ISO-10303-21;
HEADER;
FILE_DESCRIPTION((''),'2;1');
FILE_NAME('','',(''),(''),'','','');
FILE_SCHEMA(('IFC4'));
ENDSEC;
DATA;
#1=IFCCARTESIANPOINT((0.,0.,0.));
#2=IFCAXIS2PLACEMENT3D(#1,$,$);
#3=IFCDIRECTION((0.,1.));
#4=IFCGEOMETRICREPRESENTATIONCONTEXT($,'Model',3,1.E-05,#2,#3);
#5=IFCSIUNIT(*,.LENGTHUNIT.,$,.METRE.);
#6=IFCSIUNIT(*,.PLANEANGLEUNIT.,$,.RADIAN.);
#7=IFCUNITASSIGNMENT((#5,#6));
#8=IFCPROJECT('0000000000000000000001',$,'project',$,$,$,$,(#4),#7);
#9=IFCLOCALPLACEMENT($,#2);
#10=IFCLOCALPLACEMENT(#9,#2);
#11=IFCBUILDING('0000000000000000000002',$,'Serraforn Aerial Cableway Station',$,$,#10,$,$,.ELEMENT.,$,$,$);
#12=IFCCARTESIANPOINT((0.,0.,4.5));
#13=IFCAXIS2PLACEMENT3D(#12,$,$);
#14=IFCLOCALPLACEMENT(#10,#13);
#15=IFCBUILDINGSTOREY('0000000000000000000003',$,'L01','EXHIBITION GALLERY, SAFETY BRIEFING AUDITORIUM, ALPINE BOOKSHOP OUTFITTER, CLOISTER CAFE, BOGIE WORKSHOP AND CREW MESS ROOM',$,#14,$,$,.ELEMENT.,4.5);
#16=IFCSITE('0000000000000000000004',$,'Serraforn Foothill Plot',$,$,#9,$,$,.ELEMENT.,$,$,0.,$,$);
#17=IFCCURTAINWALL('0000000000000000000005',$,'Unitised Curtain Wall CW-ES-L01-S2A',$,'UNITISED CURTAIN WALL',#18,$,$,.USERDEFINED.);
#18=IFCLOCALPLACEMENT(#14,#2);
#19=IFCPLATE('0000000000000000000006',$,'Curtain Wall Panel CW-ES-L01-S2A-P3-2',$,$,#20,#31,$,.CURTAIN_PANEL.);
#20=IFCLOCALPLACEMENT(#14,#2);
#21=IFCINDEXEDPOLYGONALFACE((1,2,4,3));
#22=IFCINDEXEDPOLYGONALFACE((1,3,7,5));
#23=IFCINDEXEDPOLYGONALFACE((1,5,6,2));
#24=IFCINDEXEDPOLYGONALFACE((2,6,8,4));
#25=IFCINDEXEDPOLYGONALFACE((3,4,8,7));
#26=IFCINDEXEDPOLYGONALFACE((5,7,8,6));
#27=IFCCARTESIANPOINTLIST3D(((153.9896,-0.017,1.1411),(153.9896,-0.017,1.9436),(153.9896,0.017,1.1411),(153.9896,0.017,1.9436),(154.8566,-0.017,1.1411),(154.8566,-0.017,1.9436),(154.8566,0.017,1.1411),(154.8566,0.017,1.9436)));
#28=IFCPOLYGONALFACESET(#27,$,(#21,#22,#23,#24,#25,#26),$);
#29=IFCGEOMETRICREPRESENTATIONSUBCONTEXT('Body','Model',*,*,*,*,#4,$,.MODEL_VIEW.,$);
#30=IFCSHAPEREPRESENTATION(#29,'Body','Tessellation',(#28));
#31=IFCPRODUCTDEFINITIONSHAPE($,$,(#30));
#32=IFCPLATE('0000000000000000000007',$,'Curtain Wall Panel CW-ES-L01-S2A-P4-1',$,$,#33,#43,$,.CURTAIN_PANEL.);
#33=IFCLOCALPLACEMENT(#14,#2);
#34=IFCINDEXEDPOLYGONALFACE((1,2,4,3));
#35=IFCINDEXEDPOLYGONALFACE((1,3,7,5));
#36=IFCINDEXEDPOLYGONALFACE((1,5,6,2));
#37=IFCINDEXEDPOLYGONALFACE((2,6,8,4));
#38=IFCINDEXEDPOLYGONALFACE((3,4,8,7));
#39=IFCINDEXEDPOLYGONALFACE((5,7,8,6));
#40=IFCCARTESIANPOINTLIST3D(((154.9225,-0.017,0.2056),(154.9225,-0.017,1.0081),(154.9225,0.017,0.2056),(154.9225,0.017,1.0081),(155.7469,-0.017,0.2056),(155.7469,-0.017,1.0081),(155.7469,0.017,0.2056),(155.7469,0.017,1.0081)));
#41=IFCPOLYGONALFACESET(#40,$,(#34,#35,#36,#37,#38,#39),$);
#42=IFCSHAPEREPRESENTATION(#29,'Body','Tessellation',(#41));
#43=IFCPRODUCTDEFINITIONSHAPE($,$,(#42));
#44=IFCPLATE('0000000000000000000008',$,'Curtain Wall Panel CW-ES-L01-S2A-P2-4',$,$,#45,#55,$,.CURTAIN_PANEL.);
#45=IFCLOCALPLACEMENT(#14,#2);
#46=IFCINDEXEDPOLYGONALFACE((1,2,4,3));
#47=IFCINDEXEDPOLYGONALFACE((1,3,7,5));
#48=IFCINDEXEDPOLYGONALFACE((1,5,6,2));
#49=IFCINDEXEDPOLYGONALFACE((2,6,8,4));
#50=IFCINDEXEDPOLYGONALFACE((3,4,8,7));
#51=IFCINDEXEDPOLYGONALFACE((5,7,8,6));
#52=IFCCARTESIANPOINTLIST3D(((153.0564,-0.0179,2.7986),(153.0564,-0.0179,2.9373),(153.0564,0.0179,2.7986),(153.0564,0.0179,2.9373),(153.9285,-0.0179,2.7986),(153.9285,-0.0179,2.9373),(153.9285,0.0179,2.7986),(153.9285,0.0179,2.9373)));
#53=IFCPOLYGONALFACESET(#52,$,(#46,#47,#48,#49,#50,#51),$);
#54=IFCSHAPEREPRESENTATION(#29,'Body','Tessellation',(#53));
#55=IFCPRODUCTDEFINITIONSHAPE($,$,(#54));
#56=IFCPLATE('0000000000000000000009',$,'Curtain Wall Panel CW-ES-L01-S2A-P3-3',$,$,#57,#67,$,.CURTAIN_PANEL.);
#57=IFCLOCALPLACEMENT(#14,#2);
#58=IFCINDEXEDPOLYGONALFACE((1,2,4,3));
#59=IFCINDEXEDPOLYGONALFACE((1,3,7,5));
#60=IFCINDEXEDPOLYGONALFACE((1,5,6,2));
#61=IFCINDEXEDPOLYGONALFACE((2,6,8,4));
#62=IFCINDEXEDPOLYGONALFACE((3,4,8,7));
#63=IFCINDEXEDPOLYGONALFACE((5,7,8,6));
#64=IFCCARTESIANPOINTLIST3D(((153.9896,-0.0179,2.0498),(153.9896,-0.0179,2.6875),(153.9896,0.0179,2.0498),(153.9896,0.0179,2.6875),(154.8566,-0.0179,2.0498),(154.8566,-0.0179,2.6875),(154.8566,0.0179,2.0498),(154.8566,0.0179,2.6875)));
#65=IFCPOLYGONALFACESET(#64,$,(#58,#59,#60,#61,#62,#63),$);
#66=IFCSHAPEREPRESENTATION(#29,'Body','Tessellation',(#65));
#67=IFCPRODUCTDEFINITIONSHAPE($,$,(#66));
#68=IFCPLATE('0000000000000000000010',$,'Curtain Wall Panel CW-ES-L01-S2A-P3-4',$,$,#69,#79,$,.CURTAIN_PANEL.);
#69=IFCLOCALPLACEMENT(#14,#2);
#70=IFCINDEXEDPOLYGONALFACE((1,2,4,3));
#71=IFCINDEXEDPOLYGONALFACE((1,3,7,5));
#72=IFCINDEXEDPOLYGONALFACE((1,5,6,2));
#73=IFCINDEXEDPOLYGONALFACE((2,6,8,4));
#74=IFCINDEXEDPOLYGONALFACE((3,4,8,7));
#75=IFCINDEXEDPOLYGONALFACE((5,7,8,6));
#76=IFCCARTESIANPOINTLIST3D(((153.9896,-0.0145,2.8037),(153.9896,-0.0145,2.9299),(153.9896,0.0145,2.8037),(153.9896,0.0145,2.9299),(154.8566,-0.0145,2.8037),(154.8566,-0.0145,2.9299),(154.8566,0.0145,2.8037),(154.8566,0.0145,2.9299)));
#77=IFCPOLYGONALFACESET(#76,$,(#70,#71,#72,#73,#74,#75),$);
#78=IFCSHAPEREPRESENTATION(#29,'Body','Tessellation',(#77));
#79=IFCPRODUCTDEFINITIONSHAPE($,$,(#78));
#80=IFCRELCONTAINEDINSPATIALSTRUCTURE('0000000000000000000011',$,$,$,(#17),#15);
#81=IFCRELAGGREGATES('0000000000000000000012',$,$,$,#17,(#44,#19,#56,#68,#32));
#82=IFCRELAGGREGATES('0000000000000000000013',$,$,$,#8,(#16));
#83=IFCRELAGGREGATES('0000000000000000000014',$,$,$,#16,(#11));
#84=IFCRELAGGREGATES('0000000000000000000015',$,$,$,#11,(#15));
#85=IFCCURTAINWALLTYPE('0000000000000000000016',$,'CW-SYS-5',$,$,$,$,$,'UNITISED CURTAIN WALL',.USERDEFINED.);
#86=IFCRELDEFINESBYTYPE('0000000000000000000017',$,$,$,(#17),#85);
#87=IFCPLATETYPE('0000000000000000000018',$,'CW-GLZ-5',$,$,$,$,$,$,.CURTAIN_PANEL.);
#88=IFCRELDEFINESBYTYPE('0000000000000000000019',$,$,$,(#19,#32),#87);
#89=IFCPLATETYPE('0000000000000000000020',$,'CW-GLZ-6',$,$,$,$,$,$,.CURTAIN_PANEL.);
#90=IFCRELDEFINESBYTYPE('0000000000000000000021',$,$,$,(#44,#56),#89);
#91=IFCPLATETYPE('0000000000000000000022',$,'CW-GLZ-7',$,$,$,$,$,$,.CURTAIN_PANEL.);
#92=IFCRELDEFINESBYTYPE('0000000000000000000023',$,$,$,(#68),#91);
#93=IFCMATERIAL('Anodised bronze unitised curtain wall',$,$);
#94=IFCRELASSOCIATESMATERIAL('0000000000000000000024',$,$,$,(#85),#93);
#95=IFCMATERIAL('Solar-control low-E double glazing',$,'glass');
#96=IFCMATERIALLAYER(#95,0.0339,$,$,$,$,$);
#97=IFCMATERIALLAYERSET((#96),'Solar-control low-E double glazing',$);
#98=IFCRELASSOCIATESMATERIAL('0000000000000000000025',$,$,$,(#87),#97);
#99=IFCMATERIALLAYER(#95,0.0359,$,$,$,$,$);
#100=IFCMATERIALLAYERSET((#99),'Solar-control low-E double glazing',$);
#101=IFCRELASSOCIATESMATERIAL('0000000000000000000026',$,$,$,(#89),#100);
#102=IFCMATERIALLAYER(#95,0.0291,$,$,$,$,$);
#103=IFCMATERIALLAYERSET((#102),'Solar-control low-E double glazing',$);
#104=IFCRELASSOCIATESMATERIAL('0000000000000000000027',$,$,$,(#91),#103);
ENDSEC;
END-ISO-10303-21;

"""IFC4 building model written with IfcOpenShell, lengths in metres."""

from ifc_helpers import new_model, si_unit, direction, frame, origin, origin_2d, place, context, subcontext, project, spatial, rectangle, extrude, material, layer, layer_set, type_object, element, aggregate, save


model = new_model("IFC4")

# Units and contexts
model_context = context("Model", 3, precision=1e-05, world=origin(), true_north=direction((0.0, 1.0)))
body_context = subcontext(model_context, "Body", "Model", "MODEL_VIEW")
ifc_project = project(units=[si_unit("LENGTHUNIT", "METRE"), si_unit("PLANEANGLEUNIT", "RADIAN")], contexts=[model_context])

# Site, building, storey
site_placement = place(None, origin())
site = spatial("IfcSite", under=ifc_project, at=site_placement, Name="Serraforn Foothill Plot", CompositionType="ELEMENT", RefElevation=0.0)
building_placement = place(site_placement, origin())
building = spatial("IfcBuilding", under=site, at=building_placement, Name="Serraforn Aerial Cableway Station", CompositionType="ELEMENT")
storey_placement = place(building_placement, frame((0.0, 0.0, 4.5)))
storey = spatial("IfcBuildingStorey", under=building, at=storey_placement, Name="L01", Description="EXHIBITION GALLERY, SAFETY BRIEFING AUDITORIUM, ALPINE BOOKSHOP OUTFITTER, CLOISTER CAFE, BOGIE WORKSHOP AND CREW MESS ROOM", CompositionType="ELEMENT", Elevation=4.5)

# Curtain wall, plates
ifc_material_1 = material(Name="Anodised bronze unitised curtain wall")
curtain_wall_type = type_object("IfcCurtainWallType", Name="CW-SYS-5", ElementType="UNITISED CURTAIN WALL", PredefinedType="USERDEFINED", material=ifc_material_1)
curtain_wall_placement = place(storey_placement, origin())
curtain_wall = element("IfcCurtainWall", 1, at=curtain_wall_placement, inside=storey, type_object=curtain_wall_type, Name="Unitised Curtain Wall CW-ES-L01-S2A", ObjectType="UNITISED CURTAIN WALL", PredefinedType="USERDEFINED")
ifc_material_2 = material(Name="Solar-control low-E double glazing", Category="glass")
ifc_layer_1 = layer(ifc_material_2, 0.0339)
ifc_layer_set_1 = layer_set([ifc_layer_1], Name="Solar-control low-E double glazing")
plate_type_1 = type_object("IfcPlateType", Name="CW-GLZ-5", PredefinedType="CURTAIN_PANEL", material=ifc_layer_set_1)
plate_1_placement = place(storey_placement, frame((154.4231, 0.0, 1.1411), z_axis=(0.0, 0.0, 1.0), x_axis=(1.0, 0.0, 0.0)))
plate_1 = element("IfcPlate", 2, at=plate_1_placement, type_object=plate_type_1, Name="Curtain Wall Panel CW-ES-L01-S2A-P3-2", PredefinedType="CURTAIN_PANEL", context=body_context, shape_type="SweptSolid", body=[
    extrude(rectangle(XDim=0.8669, YDim=0.0339, at=origin_2d()), origin(), (0.0, 0.0, 1.0), 0.8025),
])
plate_2_placement = place(storey_placement, frame((155.3347, 0.0, 0.2056), z_axis=(0.0, 0.0, 1.0), x_axis=(1.0, 0.0, 0.0)))
plate_2 = element("IfcPlate", 3, at=plate_2_placement, type_object=plate_type_1, Name="Curtain Wall Panel CW-ES-L01-S2A-P4-1", PredefinedType="CURTAIN_PANEL", context=body_context, shape_type="SweptSolid", body=[
    extrude(rectangle(XDim=0.8245, YDim=0.0339, at=origin_2d()), origin(), (0.0, 0.0, 1.0), 0.8025),
])
ifc_layer_2 = layer(ifc_material_2, 0.0359)
ifc_layer_set_2 = layer_set([ifc_layer_2], Name="Solar-control low-E double glazing")
plate_type_2 = type_object("IfcPlateType", Name="CW-GLZ-6", PredefinedType="CURTAIN_PANEL", material=ifc_layer_set_2)
plate_3_placement = place(storey_placement, frame((153.4924, 0.0, 2.7986), z_axis=(0.0, 0.0, 1.0), x_axis=(1.0, 0.0, 0.0)))
plate_3 = element("IfcPlate", 4, at=plate_3_placement, type_object=plate_type_2, Name="Curtain Wall Panel CW-ES-L01-S2A-P2-4", PredefinedType="CURTAIN_PANEL", context=body_context, shape_type="SweptSolid", body=[
    extrude(rectangle(XDim=0.8721, YDim=0.0359, at=origin_2d()), origin(), (0.0, 0.0, 1.0), 0.1387),
])
plate_4_placement = place(storey_placement, frame((154.4231, 0.0, 2.0498), z_axis=(0.0, 0.0, 1.0), x_axis=(1.0, 0.0, 0.0)))
plate_4 = element("IfcPlate", 5, at=plate_4_placement, type_object=plate_type_2, Name="Curtain Wall Panel CW-ES-L01-S2A-P3-3", PredefinedType="CURTAIN_PANEL", context=body_context, shape_type="SweptSolid", body=[
    extrude(rectangle(XDim=0.8669, YDim=0.0359, at=origin_2d()), origin(), (0.0, 0.0, 1.0), 0.6377),
])
ifc_layer_3 = layer(ifc_material_2, 0.0291)
ifc_layer_set_3 = layer_set([ifc_layer_3], Name="Solar-control low-E double glazing")
plate_type_3 = type_object("IfcPlateType", Name="CW-GLZ-7", PredefinedType="CURTAIN_PANEL", material=ifc_layer_set_3)
plate_5_placement = place(storey_placement, frame((154.4231, 0.0, 2.8037), z_axis=(0.0, 0.0, 1.0), x_axis=(1.0, 0.0, 0.0)))
plate_5 = element("IfcPlate", 6, at=plate_5_placement, type_object=plate_type_3, Name="Curtain Wall Panel CW-ES-L01-S2A-P3-4", PredefinedType="CURTAIN_PANEL", context=body_context, shape_type="SweptSolid", body=[
    extrude(rectangle(XDim=0.8669, YDim=0.0291, at=origin_2d()), origin(), (0.0, 0.0, 1.0), 0.1262),
])
aggregate(curtain_wall, [plate_3, plate_1, plate_4, plate_5, plate_2])

save(model, "model.ifc")
